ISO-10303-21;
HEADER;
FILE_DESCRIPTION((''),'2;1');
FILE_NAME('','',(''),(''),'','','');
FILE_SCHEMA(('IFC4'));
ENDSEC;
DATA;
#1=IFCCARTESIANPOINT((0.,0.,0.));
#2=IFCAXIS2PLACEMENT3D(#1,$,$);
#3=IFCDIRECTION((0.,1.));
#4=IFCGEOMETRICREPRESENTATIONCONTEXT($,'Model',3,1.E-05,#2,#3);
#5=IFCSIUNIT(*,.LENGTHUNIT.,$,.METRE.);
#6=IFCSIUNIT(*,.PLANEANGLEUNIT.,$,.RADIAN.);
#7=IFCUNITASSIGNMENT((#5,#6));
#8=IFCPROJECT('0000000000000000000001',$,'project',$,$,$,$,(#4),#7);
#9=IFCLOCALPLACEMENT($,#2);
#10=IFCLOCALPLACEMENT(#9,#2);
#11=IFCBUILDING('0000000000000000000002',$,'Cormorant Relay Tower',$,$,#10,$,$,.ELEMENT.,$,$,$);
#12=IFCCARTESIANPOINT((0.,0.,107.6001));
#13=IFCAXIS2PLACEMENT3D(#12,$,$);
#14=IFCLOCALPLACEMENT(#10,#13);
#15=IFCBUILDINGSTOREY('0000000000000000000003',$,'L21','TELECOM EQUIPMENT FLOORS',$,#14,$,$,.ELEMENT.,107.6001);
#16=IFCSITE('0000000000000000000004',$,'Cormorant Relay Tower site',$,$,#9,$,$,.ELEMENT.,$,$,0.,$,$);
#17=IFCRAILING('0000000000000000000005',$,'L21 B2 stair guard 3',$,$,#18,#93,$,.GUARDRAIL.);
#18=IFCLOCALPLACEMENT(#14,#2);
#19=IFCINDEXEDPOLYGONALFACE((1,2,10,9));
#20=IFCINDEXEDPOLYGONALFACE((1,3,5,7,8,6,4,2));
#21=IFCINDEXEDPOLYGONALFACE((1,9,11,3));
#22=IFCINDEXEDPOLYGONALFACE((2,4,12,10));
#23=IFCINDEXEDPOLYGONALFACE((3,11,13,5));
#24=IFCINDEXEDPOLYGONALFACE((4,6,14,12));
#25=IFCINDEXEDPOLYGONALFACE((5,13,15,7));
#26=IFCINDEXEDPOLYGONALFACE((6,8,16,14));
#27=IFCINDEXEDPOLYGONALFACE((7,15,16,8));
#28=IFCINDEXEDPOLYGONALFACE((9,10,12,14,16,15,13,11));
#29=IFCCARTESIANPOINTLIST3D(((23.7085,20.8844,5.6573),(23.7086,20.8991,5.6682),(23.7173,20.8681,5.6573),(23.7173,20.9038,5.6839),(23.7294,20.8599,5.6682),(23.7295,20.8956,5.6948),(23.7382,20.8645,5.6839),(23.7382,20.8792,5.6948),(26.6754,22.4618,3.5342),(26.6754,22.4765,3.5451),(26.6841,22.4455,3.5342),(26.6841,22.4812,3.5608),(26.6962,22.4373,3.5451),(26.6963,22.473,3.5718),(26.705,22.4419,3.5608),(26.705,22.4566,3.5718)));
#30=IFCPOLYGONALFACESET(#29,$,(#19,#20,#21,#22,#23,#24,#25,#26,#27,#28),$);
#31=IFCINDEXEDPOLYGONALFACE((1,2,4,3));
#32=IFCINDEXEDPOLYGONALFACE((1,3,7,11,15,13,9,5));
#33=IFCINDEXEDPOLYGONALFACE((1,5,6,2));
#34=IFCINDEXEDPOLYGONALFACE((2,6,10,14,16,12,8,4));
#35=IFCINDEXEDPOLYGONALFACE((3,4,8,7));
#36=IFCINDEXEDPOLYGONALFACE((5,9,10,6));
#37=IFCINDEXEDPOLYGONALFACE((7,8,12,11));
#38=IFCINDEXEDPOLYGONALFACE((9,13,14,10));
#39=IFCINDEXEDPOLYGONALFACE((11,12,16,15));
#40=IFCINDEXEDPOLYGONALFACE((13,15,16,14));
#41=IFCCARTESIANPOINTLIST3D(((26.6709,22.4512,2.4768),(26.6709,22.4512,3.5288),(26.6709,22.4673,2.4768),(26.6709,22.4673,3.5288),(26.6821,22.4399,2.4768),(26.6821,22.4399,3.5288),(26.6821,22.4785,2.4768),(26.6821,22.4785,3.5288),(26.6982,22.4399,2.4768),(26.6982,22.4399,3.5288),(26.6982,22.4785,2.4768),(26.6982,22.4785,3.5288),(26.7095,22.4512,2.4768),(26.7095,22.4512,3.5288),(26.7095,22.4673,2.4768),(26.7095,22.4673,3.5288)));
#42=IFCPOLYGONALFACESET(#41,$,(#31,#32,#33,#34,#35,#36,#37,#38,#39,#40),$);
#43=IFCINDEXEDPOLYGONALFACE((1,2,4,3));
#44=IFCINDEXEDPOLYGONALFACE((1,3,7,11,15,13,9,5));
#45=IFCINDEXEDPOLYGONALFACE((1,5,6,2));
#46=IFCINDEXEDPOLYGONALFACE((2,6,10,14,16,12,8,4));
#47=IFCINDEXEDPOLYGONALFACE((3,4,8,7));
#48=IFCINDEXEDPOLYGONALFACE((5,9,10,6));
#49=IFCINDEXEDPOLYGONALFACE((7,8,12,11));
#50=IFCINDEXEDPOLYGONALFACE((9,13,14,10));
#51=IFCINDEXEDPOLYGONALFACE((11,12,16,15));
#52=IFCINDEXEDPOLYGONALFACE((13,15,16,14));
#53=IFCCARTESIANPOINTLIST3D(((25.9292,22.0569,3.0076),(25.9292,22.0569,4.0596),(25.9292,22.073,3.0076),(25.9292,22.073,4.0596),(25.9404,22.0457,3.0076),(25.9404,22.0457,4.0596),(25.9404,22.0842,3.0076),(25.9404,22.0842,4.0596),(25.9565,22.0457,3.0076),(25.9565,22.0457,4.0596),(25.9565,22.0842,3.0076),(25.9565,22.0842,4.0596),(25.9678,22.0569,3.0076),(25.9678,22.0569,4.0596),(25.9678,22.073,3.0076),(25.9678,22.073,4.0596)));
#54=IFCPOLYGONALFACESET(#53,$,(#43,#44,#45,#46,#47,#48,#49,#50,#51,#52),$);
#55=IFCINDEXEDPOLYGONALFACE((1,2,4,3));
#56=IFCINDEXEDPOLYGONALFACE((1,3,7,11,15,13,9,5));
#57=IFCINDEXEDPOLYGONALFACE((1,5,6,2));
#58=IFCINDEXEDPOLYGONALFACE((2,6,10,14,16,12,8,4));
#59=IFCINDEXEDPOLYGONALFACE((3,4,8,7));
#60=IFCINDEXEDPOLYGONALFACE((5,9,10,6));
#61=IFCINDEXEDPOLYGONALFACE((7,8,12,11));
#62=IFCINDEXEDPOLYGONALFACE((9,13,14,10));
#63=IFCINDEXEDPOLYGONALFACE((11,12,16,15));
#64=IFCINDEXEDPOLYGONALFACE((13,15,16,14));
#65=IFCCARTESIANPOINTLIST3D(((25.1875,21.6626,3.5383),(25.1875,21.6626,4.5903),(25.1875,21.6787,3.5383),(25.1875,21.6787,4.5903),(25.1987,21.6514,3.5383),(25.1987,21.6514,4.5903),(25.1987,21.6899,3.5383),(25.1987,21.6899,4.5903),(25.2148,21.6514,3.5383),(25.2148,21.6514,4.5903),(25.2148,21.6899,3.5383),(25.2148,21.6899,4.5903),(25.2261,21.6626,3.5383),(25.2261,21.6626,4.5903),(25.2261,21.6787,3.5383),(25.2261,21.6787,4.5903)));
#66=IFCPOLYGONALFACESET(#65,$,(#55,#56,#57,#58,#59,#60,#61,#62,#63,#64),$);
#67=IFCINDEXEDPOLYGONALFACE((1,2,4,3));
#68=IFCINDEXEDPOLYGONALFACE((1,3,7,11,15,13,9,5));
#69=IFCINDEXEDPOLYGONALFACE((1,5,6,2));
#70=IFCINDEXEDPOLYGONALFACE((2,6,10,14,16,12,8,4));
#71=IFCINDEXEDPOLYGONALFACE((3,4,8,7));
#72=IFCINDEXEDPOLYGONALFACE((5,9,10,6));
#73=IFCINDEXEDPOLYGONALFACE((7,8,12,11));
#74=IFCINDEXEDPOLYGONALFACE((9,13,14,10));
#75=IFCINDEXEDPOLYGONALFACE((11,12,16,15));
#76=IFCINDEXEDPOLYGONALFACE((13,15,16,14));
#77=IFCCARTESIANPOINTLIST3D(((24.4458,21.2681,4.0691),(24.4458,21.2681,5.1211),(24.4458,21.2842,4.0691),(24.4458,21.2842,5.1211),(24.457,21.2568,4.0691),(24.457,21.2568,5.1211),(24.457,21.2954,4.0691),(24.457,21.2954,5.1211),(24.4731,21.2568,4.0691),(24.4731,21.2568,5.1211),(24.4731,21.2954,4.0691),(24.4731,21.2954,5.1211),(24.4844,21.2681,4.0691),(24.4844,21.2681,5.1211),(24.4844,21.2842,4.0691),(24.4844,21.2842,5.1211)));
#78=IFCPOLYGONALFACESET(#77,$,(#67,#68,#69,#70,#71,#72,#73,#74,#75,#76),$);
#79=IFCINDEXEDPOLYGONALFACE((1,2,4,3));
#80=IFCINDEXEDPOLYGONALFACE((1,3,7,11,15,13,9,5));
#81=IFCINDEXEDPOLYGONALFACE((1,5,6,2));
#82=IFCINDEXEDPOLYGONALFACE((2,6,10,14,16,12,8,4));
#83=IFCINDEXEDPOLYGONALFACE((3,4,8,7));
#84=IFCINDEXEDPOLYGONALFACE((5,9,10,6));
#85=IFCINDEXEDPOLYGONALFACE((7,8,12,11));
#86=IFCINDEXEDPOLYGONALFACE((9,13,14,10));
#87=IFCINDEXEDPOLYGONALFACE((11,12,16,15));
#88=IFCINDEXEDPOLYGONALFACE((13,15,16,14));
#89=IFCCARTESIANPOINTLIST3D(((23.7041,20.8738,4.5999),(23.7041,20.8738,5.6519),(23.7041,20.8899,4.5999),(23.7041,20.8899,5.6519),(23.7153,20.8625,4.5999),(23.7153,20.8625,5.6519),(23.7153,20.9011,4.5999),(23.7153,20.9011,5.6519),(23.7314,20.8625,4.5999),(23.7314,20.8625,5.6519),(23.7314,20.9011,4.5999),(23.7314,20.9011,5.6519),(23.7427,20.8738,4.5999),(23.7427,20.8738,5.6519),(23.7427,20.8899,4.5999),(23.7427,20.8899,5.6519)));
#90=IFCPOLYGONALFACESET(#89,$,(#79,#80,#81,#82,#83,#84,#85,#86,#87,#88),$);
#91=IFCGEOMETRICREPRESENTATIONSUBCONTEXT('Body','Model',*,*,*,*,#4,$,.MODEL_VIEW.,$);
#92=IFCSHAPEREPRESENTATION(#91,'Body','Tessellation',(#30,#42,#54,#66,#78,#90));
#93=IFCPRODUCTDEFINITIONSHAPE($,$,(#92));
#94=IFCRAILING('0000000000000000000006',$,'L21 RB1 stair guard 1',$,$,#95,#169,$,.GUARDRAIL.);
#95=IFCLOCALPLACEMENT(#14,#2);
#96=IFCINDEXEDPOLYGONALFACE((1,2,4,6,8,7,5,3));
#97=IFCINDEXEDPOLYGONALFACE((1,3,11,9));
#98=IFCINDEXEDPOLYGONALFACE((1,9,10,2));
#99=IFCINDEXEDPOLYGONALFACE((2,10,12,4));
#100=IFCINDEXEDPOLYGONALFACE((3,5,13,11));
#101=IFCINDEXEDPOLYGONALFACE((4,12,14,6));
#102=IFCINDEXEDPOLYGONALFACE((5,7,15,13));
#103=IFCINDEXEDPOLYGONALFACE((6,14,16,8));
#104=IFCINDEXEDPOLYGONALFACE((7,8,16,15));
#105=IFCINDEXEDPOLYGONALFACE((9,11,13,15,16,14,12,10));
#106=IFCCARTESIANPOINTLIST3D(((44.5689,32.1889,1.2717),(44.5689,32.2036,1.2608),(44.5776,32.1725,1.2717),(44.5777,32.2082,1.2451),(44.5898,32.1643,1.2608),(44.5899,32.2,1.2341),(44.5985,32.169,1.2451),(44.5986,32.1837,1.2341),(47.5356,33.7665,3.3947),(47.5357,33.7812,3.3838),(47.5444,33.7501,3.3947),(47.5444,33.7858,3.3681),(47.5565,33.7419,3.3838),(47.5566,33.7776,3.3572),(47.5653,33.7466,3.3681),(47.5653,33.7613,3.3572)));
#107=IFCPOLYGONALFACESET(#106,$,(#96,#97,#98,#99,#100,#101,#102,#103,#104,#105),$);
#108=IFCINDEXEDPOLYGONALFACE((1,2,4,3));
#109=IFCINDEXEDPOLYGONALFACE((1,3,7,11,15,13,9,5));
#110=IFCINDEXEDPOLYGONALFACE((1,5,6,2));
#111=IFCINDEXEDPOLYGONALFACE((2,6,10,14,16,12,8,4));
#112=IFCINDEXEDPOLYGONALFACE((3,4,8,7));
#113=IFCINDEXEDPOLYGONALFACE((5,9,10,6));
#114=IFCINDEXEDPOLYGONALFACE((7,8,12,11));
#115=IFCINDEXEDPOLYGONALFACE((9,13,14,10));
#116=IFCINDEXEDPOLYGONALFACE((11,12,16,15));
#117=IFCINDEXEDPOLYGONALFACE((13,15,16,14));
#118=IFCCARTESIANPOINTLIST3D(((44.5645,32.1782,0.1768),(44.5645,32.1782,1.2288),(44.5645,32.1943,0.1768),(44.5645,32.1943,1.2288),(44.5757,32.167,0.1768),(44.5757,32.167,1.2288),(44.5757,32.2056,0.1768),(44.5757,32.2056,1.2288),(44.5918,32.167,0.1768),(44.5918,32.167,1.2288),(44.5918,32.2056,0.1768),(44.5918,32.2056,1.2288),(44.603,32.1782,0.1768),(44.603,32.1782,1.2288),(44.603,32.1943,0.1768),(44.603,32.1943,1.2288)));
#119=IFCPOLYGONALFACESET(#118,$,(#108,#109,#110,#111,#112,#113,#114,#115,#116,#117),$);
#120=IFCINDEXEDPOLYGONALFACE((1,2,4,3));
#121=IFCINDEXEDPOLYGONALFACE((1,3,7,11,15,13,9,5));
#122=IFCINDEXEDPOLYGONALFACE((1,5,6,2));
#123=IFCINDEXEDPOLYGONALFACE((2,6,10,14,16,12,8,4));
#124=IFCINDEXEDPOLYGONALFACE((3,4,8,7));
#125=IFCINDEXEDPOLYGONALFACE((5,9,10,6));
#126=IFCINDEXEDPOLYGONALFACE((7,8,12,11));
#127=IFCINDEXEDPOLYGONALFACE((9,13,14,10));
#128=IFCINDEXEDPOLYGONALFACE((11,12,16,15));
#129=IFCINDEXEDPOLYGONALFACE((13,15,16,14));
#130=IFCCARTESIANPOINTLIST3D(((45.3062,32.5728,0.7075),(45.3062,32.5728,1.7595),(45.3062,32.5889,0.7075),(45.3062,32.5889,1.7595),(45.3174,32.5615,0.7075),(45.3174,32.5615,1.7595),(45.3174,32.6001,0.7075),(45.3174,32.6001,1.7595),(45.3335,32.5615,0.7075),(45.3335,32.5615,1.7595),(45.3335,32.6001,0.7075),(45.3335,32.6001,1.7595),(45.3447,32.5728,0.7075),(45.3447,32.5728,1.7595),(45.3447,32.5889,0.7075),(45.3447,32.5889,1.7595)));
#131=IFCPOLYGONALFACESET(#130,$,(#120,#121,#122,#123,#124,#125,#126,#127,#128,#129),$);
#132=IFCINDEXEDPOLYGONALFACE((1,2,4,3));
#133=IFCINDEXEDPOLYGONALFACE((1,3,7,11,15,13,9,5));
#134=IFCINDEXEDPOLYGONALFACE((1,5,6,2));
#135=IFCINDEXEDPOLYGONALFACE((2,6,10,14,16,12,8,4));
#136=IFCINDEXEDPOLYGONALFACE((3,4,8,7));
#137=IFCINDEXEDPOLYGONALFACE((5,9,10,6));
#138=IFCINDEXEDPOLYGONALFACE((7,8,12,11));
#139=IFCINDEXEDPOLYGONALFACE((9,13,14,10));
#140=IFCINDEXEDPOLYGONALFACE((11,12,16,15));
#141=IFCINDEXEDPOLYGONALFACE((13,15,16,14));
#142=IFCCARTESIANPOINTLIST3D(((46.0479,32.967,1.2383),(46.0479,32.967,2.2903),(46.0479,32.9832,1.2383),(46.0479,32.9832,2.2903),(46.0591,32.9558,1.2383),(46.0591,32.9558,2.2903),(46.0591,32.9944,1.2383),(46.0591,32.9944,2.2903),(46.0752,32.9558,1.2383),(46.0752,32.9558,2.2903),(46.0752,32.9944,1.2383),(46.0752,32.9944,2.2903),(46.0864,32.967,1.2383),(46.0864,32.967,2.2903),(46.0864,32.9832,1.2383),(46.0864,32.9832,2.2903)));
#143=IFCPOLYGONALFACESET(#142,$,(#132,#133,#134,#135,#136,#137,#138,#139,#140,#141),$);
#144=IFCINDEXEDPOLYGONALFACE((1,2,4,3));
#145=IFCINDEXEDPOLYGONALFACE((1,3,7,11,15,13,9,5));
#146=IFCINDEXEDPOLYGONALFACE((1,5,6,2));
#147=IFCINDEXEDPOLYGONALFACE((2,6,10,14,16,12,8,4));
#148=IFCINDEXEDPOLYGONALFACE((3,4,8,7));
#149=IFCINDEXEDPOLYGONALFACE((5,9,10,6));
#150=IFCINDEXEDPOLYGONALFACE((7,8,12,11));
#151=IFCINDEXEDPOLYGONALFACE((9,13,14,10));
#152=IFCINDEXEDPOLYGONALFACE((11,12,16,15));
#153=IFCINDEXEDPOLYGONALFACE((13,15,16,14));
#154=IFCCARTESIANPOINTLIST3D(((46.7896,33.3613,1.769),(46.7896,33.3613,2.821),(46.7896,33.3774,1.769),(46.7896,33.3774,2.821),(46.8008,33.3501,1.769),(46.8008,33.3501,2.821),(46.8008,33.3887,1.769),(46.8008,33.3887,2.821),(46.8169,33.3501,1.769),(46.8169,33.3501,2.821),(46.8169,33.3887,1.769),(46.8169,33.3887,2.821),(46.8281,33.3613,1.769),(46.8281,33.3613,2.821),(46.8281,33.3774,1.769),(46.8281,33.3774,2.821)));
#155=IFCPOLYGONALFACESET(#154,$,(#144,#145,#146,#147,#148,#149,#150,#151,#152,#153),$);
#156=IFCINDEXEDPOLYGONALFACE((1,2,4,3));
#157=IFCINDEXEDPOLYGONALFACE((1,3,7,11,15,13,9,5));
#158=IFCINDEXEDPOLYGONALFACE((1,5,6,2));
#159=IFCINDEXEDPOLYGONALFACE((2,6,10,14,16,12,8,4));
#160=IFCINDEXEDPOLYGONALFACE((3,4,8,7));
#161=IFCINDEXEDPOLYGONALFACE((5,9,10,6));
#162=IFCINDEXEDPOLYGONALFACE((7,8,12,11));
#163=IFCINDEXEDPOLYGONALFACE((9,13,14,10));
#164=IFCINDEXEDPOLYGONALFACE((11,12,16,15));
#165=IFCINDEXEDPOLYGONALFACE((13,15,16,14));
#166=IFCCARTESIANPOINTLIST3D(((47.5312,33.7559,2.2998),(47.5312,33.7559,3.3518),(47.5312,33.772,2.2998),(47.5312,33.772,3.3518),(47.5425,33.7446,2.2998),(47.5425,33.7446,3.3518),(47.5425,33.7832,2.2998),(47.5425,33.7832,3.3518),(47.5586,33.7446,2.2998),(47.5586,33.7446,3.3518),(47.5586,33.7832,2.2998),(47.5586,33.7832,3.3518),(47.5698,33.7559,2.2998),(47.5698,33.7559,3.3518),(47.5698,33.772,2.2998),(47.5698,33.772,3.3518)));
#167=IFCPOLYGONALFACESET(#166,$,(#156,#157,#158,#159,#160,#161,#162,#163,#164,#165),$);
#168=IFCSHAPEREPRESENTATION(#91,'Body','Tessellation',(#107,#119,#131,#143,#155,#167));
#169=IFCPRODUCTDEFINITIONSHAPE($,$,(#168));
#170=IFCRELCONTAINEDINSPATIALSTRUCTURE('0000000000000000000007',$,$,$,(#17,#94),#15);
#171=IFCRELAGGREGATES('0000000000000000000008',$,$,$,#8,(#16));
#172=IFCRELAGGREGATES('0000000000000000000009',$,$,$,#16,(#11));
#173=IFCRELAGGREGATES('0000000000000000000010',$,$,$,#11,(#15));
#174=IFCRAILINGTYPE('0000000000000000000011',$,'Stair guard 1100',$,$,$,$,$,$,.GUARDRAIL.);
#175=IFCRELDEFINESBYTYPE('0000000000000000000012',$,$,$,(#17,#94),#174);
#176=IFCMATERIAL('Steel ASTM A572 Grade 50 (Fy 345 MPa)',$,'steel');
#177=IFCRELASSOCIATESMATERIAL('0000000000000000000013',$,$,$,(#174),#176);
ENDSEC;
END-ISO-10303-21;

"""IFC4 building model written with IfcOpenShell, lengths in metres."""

from ifc_helpers import new_model, si_unit, direction, frame, origin, place, context, subcontext, project, spatial, polyline, outline, extrude, material, type_object, element, save


model = new_model("IFC4")

# Units and contexts
model_context = context("Model", 3, precision=1e-05, world=origin(), true_north=direction((0.0, 1.0)))
body_context = subcontext(model_context, "Body", "Model", "MODEL_VIEW")
ifc_project = project(units=[si_unit("LENGTHUNIT", "METRE"), si_unit("PLANEANGLEUNIT", "RADIAN")], contexts=[model_context])

# Site, building, storey
site_placement = place(None, origin())
site = spatial("IfcSite", under=ifc_project, at=site_placement, Name="Cormorant Relay Tower site", CompositionType="ELEMENT", RefElevation=0.0)
building_placement = place(site_placement, origin())
building = spatial("IfcBuilding", under=site, at=building_placement, Name="Cormorant Relay Tower", CompositionType="ELEMENT")
storey_placement = place(building_placement, frame((0.0, 0.0, 107.6001)))
storey = spatial("IfcBuildingStorey", under=building, at=storey_placement, Name="L21", Description="TELECOM EQUIPMENT FLOORS", CompositionType="ELEMENT", Elevation=107.6001)

# Railings
ifc_material_1 = material(Name="Steel ASTM A572 Grade 50 (Fy 345 MPa)", Category="steel")
railing_type = type_object("IfcRailingType", Name="Stair guard 1100", PredefinedType="GUARDRAIL", material=ifc_material_1)
railing_1_placement = place(storey_placement, frame((26.6902, 22.4592, 2.4768)))
element("IfcRailing", 1, at=railing_1_placement, inside=storey, type_object=railing_type, Name="L21 B2 stair guard 3", PredefinedType="GUARDRAIL", context=body_context, shape_type="SweptSolid", body=[
    extrude(outline(polyline([(0.0222, 0.0093), (0.0093, 0.0222), (-0.0093, 0.0222), (-0.0222, 0.0093), (-0.0222, -0.0093), (-0.0093, -0.0222), (0.0093, -0.0222), (0.0222, -0.0093), (0.0222, 0.0093)])), frame((0.0, 0.0, 1.0762), z_axis=(-0.746441, -0.396869, 0.534155), x_axis=(0.469453, -0.882958, 0.0)), (0.0, 0.0, 1.0), 3.9746),
    extrude(outline(polyline([(0.0193, 0.0081), (0.0081, 0.0193), (-0.0081, 0.0193), (-0.0193, 0.0081), (-0.0193, -0.0081), (-0.0081, -0.0193), (0.0081, -0.0193), (0.0193, -0.0081), (0.0193, 0.0081)])), origin(), (0.0, 0.0, 1.0), 1.052),
    extrude(outline(polyline([(0.0193, 0.0081), (0.0081, 0.0193), (-0.0081, 0.0193), (-0.0193, 0.0081), (-0.0193, -0.0081), (-0.0081, -0.0193), (0.0081, -0.0193), (0.0193, -0.0081), (0.0193, 0.0081)])), frame((-0.7417, -0.3943, 0.5308)), (0.0, 0.0, 1.0), 1.052),
    extrude(outline(polyline([(0.0193, 0.0081), (0.0081, 0.0193), (-0.0081, 0.0193), (-0.0193, 0.0081), (-0.0193, -0.0081), (-0.0081, -0.0193), (0.0081, -0.0193), (0.0193, -0.0081), (0.0193, 0.0081)])), frame((-1.4834, -0.7886, 1.0615)), (0.0, 0.0, 1.0), 1.052),
    extrude(outline(polyline([(0.0193, 0.0081), (0.0081, 0.0193), (-0.0081, 0.0193), (-0.0193, 0.0081), (-0.0193, -0.0081), (-0.0081, -0.0193), (0.0081, -0.0193), (0.0193, -0.0081), (0.0193, 0.0081)])), frame((-2.2251, -1.1831, 1.5923)), (0.0, 0.0, 1.0), 1.052),
    extrude(outline(polyline([(0.0193, 0.0081), (0.0081, 0.0193), (-0.0081, 0.0193), (-0.0193, 0.0081), (-0.0193, -0.0081), (-0.0081, -0.0193), (0.0081, -0.0193), (0.0193, -0.0081), (0.0193, 0.0081)])), frame((-2.9668, -1.5774, 2.123)), (0.0, 0.0, 1.0), 1.052),
])
railing_2_placement = place(storey_placement, frame((44.5837, 32.1863, 0.1768)))
element("IfcRailing", 2, at=railing_2_placement, inside=storey, type_object=railing_type, Name="L21 RB1 stair guard 1", PredefinedType="GUARDRAIL", context=body_context, shape_type="SweptSolid", body=[
    extrude(outline(polyline([(0.0222, 0.0093), (0.0093, 0.0222), (-0.0093, 0.0222), (-0.0222, 0.0093), (-0.0222, -0.0093), (-0.0093, -0.0222), (0.0093, -0.0222), (0.0222, -0.0093), (0.0222, 0.0093)])), frame((0.0, 0.0, 1.0762), z_axis=(0.746422, 0.396921, 0.534142), x_axis=(-0.469509, 0.882928, 0.0)), (0.0, 0.0, 1.0), 3.9746),
    extrude(outline(polyline([(0.0193, 0.0081), (0.0081, 0.0193), (-0.0081, 0.0193), (-0.0193, 0.0081), (-0.0193, -0.0081), (-0.0081, -0.0193), (0.0081, -0.0193), (0.0193, -0.0081), (0.0193, 0.0081)])), origin(), (0.0, 0.0, 1.0), 1.052),
    extrude(outline(polyline([(0.0193, 0.0081), (0.0081, 0.0193), (-0.0081, 0.0193), (-0.0193, 0.0081), (-0.0193, -0.0081), (-0.0081, -0.0193), (0.0081, -0.0193), (0.0193, -0.0081), (0.0193, 0.0081)])), frame((0.7417, 0.3945, 0.5308)), (0.0, 0.0, 1.0), 1.052),
    extrude(outline(polyline([(0.0193, 0.0081), (0.0081, 0.0193), (-0.0081, 0.0193), (-0.0193, 0.0081), (-0.0193, -0.0081), (-0.0081, -0.0193), (0.0081, -0.0193), (0.0193, -0.0081), (0.0193, 0.0081)])), frame((1.4834, 0.7888, 1.0615)), (0.0, 0.0, 1.0), 1.052),
    extrude(outline(polyline([(0.0193, 0.0081), (0.0081, 0.0193), (-0.0081, 0.0193), (-0.0193, 0.0081), (-0.0193, -0.0081), (-0.0081, -0.0193), (0.0081, -0.0193), (0.0193, -0.0081), (0.0193, 0.0081)])), frame((2.2251, 1.1831, 1.5923)), (0.0, 0.0, 1.0), 1.052),
    extrude(outline(polyline([(0.0193, 0.0081), (0.0081, 0.0193), (-0.0081, 0.0193), (-0.0193, 0.0081), (-0.0193, -0.0081), (-0.0081, -0.0193), (0.0081, -0.0193), (0.0193, -0.0081), (0.0193, 0.0081)])), frame((2.9668, 1.5776, 2.123)), (0.0, 0.0, 1.0), 1.052),
])

save(model, "model.ifc")
